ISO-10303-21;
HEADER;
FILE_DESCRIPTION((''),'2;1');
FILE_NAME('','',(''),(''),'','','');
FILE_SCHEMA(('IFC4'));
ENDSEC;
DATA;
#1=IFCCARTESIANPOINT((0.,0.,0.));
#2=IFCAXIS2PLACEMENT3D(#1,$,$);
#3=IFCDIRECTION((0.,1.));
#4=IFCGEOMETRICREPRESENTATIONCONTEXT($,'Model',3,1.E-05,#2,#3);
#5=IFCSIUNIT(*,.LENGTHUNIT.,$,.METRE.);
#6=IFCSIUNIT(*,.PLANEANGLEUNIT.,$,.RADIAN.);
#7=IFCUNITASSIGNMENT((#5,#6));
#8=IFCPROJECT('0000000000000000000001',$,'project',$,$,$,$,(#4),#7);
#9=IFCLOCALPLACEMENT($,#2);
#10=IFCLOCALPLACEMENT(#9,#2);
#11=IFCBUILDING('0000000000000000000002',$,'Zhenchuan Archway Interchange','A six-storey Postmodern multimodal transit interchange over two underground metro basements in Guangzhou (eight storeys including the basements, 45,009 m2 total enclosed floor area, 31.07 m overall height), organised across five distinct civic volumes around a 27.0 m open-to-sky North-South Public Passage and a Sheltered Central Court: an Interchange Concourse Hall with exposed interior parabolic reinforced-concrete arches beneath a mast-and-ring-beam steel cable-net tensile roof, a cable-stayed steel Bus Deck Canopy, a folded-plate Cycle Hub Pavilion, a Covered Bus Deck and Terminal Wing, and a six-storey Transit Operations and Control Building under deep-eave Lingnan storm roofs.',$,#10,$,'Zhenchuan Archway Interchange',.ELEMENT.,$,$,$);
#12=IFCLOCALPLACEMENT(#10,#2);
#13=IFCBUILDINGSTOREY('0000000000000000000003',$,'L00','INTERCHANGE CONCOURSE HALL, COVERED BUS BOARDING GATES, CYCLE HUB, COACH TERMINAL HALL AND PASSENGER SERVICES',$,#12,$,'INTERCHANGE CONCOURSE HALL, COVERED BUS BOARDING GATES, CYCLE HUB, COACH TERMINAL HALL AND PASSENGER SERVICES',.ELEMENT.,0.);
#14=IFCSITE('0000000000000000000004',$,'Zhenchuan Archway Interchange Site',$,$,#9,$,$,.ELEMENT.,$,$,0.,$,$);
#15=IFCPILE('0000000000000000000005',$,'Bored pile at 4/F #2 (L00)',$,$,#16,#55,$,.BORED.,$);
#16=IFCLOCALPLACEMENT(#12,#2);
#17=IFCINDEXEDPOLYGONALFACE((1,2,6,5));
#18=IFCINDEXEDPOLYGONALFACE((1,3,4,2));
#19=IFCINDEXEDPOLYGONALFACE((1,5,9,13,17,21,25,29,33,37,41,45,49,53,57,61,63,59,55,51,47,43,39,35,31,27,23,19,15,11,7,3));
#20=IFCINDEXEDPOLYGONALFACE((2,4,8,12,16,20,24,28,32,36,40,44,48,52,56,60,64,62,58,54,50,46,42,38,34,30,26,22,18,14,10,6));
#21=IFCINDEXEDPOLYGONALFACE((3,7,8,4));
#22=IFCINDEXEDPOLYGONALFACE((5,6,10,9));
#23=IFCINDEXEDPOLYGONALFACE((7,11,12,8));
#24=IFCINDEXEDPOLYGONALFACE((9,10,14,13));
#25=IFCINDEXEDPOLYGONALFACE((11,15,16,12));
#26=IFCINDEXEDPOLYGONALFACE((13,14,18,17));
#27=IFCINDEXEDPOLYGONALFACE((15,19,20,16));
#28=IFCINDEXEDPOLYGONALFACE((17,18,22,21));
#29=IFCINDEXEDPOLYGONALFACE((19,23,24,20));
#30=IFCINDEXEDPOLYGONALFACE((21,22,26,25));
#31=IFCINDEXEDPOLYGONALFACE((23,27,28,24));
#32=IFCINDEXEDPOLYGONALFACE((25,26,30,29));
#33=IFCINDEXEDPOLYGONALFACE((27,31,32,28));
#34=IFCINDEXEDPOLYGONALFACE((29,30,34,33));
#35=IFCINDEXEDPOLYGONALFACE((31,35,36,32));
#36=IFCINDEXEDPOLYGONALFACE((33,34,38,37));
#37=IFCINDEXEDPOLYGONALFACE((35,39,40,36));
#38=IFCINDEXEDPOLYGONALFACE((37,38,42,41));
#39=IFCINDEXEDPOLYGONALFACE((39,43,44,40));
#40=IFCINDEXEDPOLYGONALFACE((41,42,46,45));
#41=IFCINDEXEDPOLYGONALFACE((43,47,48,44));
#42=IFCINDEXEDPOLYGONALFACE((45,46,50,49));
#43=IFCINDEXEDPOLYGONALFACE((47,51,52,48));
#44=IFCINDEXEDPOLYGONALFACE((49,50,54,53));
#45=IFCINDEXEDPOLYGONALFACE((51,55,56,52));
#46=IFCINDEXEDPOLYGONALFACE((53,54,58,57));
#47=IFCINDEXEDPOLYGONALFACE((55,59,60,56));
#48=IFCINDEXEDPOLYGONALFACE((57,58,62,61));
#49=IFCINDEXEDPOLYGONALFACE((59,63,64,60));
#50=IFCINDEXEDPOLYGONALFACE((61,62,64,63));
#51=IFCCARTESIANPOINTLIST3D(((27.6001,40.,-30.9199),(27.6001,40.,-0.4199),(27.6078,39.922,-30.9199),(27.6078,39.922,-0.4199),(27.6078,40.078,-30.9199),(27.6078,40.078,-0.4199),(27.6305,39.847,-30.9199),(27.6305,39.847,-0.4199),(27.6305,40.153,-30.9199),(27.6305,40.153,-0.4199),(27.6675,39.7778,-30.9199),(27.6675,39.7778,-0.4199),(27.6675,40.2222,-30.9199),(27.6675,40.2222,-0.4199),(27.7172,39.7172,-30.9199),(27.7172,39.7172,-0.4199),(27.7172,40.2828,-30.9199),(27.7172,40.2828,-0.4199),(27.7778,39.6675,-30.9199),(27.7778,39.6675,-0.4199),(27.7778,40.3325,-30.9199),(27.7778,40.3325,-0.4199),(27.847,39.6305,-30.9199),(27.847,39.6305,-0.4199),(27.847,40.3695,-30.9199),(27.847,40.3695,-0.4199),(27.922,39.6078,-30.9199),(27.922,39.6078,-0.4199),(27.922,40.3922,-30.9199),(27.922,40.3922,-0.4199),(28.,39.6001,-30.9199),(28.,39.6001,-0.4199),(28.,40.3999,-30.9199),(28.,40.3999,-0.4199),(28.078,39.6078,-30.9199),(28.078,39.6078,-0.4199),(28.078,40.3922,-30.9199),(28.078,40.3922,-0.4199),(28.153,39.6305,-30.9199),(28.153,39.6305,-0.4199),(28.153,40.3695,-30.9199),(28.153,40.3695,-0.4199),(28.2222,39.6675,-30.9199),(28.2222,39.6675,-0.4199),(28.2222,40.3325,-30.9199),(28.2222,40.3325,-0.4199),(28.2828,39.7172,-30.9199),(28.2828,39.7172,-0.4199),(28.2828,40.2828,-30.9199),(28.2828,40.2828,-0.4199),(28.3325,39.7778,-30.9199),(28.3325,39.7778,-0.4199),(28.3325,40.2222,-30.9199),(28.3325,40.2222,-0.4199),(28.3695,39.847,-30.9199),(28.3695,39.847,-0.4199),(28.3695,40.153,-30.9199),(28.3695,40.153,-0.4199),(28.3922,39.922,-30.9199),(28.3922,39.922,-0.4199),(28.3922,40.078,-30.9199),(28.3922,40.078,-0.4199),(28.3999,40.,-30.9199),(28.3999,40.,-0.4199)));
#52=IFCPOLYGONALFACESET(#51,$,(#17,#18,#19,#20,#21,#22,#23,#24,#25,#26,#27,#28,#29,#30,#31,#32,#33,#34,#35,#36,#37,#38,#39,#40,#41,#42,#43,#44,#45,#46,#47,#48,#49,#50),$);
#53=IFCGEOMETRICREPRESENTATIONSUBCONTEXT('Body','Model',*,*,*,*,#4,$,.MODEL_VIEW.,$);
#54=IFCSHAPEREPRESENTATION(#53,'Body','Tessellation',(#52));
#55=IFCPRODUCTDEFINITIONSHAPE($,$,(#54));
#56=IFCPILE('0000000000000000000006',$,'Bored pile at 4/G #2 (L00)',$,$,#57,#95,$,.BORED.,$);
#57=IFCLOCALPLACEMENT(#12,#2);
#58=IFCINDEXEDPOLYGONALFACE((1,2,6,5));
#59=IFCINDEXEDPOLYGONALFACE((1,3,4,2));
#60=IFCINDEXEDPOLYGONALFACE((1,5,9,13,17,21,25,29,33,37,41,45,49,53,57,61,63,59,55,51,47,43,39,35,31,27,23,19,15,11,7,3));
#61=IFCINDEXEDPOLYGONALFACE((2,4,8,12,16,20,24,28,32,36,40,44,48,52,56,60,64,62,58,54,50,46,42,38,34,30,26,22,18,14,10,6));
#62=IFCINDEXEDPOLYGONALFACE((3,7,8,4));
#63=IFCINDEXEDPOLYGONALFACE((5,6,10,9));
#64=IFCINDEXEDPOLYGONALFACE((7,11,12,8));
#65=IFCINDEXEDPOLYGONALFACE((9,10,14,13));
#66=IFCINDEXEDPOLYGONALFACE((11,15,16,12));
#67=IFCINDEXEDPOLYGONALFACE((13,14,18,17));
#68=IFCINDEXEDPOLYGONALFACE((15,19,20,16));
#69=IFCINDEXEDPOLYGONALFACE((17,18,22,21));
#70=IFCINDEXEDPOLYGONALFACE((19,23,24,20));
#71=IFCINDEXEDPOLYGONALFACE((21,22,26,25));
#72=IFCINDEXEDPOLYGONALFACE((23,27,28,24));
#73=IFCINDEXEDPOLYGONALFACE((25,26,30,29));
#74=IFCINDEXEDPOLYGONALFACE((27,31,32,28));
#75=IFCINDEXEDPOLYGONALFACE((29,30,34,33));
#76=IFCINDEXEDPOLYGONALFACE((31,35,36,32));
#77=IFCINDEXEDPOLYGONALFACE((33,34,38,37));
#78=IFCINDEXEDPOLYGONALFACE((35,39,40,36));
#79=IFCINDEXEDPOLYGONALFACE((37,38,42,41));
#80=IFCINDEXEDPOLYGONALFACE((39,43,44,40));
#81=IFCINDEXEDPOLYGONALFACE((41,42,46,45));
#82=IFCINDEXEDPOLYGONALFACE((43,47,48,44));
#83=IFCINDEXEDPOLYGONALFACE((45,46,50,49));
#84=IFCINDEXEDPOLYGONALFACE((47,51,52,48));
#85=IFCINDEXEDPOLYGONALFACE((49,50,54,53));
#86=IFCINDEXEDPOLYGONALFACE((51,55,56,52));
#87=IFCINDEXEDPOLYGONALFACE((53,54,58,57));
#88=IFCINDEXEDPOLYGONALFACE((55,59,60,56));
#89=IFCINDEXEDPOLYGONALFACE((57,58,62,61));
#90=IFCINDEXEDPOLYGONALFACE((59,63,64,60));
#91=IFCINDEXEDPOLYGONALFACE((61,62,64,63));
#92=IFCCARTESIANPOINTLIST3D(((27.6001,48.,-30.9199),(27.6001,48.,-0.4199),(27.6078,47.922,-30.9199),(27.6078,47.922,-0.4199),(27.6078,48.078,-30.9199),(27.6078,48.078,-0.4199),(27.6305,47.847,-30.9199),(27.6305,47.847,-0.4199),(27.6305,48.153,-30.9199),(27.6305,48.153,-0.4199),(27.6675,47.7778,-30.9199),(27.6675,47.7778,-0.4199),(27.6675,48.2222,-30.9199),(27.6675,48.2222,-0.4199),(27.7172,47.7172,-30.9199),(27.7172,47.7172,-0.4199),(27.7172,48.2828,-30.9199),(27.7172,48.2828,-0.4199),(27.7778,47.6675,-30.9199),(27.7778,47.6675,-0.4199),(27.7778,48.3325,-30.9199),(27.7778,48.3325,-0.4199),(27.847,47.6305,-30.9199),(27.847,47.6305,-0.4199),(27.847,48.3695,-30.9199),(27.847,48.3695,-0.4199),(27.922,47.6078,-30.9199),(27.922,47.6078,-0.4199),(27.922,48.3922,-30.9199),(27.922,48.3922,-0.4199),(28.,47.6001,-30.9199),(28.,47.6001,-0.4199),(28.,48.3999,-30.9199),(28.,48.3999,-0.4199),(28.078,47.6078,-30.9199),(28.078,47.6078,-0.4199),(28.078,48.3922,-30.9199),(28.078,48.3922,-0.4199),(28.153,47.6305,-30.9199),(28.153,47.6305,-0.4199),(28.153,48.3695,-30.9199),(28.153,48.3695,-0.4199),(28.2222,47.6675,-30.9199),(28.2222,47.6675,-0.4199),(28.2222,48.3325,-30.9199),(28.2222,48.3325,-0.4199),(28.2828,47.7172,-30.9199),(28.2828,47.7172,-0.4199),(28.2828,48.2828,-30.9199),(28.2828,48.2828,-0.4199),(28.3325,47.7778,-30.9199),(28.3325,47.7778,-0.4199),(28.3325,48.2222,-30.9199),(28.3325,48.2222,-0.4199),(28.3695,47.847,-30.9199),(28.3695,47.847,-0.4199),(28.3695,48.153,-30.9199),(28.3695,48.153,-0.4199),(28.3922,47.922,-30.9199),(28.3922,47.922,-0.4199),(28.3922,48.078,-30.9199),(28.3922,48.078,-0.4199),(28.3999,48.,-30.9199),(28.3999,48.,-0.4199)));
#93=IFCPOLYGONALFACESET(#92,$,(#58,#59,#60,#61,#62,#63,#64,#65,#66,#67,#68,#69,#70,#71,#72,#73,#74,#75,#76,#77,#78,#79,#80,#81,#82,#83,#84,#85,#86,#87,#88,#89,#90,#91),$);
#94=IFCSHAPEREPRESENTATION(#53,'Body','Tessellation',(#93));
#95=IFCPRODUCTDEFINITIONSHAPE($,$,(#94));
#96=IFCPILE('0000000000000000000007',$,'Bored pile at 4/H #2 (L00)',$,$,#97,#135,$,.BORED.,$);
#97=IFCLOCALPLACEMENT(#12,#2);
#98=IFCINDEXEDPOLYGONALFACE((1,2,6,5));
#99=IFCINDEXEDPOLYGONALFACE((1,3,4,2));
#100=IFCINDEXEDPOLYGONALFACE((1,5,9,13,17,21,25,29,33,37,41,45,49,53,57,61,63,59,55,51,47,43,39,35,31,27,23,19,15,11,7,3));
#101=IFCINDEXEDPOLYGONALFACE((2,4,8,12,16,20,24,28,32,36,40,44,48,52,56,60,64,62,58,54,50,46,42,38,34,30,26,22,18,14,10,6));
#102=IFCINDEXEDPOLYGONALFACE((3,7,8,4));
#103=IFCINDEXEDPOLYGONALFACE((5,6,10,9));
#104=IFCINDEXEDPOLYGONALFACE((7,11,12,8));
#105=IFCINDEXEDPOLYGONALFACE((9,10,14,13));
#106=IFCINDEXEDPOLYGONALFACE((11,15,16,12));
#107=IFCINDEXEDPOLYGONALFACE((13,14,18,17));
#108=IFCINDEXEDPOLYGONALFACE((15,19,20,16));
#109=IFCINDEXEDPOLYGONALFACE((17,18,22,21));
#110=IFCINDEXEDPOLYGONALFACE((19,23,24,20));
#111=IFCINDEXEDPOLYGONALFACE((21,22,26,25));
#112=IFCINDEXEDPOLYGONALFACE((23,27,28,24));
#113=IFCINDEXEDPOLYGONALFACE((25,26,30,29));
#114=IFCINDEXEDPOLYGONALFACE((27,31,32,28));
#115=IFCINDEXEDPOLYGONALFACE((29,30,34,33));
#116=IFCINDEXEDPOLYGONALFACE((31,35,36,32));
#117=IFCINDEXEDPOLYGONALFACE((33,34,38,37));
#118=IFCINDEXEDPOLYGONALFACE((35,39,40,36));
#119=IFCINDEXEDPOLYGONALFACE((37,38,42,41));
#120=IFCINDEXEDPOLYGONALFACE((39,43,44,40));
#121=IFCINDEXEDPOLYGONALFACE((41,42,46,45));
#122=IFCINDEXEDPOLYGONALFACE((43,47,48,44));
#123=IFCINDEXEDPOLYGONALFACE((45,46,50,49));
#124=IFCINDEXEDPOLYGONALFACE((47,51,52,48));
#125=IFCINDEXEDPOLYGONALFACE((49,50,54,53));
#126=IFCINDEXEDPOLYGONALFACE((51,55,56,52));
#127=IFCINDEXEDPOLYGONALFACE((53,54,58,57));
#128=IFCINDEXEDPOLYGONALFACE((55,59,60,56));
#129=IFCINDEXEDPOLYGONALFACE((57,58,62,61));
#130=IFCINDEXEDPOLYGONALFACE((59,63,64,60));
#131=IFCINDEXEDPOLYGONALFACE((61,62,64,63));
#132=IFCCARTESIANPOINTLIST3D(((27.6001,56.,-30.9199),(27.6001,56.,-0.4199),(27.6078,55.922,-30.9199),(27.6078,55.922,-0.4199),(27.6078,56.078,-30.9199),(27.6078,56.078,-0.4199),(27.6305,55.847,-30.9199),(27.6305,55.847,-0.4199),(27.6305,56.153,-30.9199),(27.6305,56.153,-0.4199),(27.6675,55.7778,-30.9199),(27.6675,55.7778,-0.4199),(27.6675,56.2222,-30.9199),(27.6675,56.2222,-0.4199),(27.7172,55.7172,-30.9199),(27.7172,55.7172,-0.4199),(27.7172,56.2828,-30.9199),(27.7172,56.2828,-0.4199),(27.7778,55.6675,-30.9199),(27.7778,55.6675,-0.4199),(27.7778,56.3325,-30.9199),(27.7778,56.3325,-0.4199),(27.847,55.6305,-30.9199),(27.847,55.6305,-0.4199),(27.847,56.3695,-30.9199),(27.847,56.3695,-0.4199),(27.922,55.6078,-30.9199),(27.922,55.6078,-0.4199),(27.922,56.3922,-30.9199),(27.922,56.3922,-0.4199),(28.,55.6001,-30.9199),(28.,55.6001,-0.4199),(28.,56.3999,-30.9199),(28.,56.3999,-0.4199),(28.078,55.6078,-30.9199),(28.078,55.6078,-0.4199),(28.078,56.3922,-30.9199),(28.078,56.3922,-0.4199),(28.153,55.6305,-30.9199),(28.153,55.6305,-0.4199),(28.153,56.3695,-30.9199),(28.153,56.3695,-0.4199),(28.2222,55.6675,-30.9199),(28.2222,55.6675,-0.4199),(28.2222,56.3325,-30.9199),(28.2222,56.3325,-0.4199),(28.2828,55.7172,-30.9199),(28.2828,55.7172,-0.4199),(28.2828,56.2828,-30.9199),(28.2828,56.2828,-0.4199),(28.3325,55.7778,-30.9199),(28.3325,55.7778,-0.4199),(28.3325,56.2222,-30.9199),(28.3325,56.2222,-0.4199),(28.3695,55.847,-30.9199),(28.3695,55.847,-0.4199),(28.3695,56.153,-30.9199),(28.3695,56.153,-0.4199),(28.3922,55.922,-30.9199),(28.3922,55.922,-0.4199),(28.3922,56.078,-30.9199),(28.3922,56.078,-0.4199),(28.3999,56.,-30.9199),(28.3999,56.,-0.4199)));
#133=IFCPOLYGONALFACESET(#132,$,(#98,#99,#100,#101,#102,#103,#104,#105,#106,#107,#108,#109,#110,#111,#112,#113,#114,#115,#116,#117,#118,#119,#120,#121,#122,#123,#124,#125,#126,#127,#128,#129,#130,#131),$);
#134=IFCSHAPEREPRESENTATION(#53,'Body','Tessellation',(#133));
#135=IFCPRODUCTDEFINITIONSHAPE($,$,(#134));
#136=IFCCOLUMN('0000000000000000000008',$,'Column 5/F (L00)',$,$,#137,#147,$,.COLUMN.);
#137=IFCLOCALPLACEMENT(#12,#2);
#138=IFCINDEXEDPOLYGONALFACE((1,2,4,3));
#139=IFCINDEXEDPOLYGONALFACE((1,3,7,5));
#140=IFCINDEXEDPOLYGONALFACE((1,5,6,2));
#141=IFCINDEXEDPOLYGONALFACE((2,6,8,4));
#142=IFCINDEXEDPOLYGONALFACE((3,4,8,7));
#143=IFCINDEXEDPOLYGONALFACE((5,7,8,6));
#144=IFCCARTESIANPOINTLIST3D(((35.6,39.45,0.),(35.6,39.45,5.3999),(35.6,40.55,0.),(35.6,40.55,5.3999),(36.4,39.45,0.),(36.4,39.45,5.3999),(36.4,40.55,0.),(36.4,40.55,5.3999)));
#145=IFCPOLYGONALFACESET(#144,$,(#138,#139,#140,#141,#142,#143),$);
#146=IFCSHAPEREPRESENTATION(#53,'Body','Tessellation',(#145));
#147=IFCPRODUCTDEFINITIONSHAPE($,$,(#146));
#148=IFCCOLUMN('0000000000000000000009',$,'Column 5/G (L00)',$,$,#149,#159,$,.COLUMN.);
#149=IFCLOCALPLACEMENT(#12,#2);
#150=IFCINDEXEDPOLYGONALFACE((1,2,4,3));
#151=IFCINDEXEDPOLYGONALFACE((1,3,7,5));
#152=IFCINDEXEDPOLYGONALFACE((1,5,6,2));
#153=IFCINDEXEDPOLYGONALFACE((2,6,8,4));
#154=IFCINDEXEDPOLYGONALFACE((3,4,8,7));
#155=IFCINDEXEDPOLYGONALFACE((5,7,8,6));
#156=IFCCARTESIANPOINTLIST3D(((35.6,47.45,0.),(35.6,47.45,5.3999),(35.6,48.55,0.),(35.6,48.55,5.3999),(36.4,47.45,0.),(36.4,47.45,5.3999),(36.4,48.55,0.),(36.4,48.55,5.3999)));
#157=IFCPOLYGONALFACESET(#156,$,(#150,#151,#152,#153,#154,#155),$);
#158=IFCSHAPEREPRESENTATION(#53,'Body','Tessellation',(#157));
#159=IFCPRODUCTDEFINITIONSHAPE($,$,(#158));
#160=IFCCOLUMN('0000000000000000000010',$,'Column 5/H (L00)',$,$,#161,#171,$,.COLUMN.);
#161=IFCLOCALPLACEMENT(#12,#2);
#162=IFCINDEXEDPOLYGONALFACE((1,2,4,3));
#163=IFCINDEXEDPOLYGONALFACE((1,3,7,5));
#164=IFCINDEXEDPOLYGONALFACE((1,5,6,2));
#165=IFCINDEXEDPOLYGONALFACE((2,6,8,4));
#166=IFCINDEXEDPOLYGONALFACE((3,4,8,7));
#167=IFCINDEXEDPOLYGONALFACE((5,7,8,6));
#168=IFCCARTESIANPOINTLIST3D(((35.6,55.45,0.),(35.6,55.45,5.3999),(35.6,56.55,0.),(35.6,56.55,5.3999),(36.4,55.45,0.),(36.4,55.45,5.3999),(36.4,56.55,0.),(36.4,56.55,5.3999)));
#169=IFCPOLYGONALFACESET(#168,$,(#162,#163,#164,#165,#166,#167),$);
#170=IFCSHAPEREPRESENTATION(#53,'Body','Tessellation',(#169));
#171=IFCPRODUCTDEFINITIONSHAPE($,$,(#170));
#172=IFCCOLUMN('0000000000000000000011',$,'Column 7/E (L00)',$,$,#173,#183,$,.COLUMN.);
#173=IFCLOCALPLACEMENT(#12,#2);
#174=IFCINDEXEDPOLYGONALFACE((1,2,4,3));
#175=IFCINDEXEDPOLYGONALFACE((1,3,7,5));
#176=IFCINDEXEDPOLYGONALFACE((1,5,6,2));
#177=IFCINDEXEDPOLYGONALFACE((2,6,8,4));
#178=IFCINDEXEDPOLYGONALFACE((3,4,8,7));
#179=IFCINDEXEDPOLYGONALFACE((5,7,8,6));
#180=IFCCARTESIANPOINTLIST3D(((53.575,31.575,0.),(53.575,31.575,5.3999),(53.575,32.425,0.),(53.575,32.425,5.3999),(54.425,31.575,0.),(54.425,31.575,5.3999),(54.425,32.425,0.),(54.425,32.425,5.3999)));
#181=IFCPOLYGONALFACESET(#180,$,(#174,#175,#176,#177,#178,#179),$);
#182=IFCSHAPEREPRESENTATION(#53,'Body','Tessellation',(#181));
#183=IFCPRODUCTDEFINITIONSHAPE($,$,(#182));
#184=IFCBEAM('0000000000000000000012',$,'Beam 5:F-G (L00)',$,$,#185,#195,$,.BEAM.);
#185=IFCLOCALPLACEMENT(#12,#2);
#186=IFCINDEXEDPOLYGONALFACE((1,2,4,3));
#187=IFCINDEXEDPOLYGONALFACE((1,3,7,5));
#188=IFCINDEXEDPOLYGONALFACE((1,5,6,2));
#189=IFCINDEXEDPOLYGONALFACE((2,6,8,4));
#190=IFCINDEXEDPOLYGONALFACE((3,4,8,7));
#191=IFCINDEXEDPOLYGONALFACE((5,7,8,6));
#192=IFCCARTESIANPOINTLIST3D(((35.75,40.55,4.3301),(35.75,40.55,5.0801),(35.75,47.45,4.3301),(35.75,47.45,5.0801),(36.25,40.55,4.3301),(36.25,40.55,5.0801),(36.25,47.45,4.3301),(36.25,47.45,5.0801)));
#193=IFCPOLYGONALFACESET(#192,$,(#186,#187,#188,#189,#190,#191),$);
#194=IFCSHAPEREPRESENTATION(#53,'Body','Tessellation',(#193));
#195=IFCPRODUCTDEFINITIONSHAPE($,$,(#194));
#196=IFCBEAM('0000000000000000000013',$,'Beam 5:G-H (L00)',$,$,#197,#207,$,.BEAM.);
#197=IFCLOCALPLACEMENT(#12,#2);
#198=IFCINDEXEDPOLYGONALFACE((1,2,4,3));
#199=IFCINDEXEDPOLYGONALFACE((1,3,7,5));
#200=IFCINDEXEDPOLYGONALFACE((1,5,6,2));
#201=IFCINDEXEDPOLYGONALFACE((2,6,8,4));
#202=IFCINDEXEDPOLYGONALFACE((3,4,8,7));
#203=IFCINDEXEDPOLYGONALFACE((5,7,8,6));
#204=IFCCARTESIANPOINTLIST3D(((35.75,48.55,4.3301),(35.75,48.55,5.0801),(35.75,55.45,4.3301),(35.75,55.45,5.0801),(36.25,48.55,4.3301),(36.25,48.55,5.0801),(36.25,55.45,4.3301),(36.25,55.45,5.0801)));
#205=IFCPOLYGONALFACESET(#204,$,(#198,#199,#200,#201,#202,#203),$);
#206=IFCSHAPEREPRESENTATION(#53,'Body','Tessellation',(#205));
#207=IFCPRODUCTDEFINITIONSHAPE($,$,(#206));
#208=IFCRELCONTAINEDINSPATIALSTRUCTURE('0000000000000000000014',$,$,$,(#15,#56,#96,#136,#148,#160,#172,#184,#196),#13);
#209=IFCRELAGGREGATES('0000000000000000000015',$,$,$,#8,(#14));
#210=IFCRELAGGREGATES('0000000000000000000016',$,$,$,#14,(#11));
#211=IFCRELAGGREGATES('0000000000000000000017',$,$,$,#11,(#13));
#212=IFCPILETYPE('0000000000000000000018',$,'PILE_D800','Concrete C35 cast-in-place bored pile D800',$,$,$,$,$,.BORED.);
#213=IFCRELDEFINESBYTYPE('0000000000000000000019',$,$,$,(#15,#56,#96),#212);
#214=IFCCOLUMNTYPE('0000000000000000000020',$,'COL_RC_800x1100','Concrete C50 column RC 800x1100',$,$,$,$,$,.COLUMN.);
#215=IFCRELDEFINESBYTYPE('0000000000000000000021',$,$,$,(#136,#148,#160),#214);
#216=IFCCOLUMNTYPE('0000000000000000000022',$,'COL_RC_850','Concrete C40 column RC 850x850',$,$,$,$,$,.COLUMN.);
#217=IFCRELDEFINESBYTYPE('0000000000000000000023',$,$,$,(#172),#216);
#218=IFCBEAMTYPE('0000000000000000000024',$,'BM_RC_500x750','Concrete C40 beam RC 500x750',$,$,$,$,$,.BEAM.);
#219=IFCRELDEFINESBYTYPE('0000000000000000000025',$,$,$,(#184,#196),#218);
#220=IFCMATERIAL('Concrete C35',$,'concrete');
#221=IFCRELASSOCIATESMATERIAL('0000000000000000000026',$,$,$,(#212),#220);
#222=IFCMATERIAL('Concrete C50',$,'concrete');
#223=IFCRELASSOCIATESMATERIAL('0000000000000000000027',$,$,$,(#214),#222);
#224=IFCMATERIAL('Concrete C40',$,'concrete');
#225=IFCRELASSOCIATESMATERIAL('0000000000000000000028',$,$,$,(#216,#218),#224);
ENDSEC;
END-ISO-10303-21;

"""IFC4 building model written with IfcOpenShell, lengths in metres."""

from ifc_helpers import new_model, si_unit, direction, frame, origin, origin_2d, place, context, subcontext, project, spatial, rectangle, circle, extrude, material, material_profile, profile_set, type_object, element, save


model = new_model("IFC4")

# Units and contexts
model_context = context("Model", 3, precision=1e-05, world=origin(), true_north=direction((0.0, 1.0)))
body_context = subcontext(model_context, "Body", "Model", "MODEL_VIEW")
ifc_project = project(units=[si_unit("LENGTHUNIT", "METRE"), si_unit("PLANEANGLEUNIT", "RADIAN")], contexts=[model_context])

# Site, building, storey
site_placement = place(None, origin())
site = spatial("IfcSite", under=ifc_project, at=site_placement, Name="Zhenchuan Archway Interchange Site", CompositionType="ELEMENT", RefElevation=0.0)
building_placement = place(site_placement, origin())
building = spatial("IfcBuilding", under=site, at=building_placement, Name="Zhenchuan Archway Interchange", Description="A six-storey Postmodern multimodal transit interchange over two underground metro basements in Guangzhou (eight storeys including the basements, 45,009 m2 total enclosed floor area, 31.07 m overall height), organised across five distinct civic volumes around a 27.0 m open-to-sky North-South Public Passage and a Sheltered Central Court: an Interchange Concourse Hall with exposed interior parabolic reinforced-concrete arches beneath a mast-and-ring-beam steel cable-net tensile roof, a cable-stayed steel Bus Deck Canopy, a folded-plate Cycle Hub Pavilion, a Covered Bus Deck and Terminal Wing, and a six-storey Transit Operations and Control Building under deep-eave Lingnan storm roofs.", LongName="Zhenchuan Archway Interchange", CompositionType="ELEMENT")
storey_placement = place(building_placement, origin())
storey = spatial("IfcBuildingStorey", under=building, at=storey_placement, Name="L00", Description="INTERCHANGE CONCOURSE HALL, COVERED BUS BOARDING GATES, CYCLE HUB, COACH TERMINAL HALL AND PASSENGER SERVICES", LongName="INTERCHANGE CONCOURSE HALL, COVERED BUS BOARDING GATES, CYCLE HUB, COACH TERMINAL HALL AND PASSENGER SERVICES", CompositionType="ELEMENT", Elevation=0.0)

# Piles
ifc_material_1 = material(Name="Concrete C35", Category="concrete")
ifc_material_profile_1 = material_profile(ifc_material_1, circle(Radius=0.3999, at=origin_2d()), Name="BORED PILE 800")
ifc_profile_set_1 = profile_set([ifc_material_profile_1], Name="Concrete C35")
pile_type = type_object("IfcPileType", Name="PILE_D800", Description="Concrete C35 cast-in-place bored pile D800", PredefinedType="BORED", material=ifc_profile_set_1)
for number, where, z_axis, x_axis, name in (
    (1, (28.0, 40.0, -0.4199), (0.0, 0.0, -1.0), (1.0, 0.0, 0.0), "Bored pile at 4/F #2 (L00)"),
    (2, (28.0, 48.0, -0.4199), (0.0, 0.0, -1.0), (1.0, 0.0, 0.0), "Bored pile at 4/G #2 (L00)"),
    (3, (28.0, 56.0, -0.4199), (0.0, 0.0, -1.0), (1.0, 0.0, 0.0), "Bored pile at 4/H #2 (L00)"),
):
    element("IfcPile", number, at=place(storey_placement, frame(where, z_axis=z_axis, x_axis=x_axis)), inside=storey, type_object=pile_type, Name=name, PredefinedType="BORED", context=body_context, shape_type="SweptSolid", body=[
        extrude(circle(Radius=0.3999, at=origin_2d()), origin(), (0.0, 0.0, 1.0), 30.5),
    ])

# Columns
ifc_material_2 = material(Name="Concrete C50", Category="concrete")
ifc_material_profile_2 = material_profile(ifc_material_2, rectangle(XDim=0.8, YDim=1.1001, at=origin_2d()), Name="RC 800x1100")
ifc_profile_set_2 = profile_set([ifc_material_profile_2], Name="Concrete C50")
column_type_1 = type_object("IfcColumnType", Name="COL_RC_800x1100", Description="Concrete C50 column RC 800x1100", PredefinedType="COLUMN", material=ifc_profile_set_2)
for number, where, z_axis, x_axis, name in (
    (4, (36.0, 40.0, 0.0), (0.0, 0.0, 1.0), (1.0, 0.0, 0.0), "Column 5/F (L00)"),
    (5, (36.0, 48.0, 0.0), (0.0, 0.0, 1.0), (1.0, 0.0, 0.0), "Column 5/G (L00)"),
    (6, (36.0, 56.0, 0.0), (0.0, 0.0, 1.0), (1.0, 0.0, 0.0), "Column 5/H (L00)"),
):
    element("IfcColumn", number, at=place(storey_placement, frame(where, z_axis=z_axis, x_axis=x_axis)), inside=storey, type_object=column_type_1, Name=name, PredefinedType="COLUMN", context=body_context, shape_type="SweptSolid", body=[
        extrude(rectangle(XDim=0.8, YDim=1.1001, at=origin_2d()), origin(), (0.0, 0.0, 1.0), 5.3999),
    ])
ifc_material_3 = material(Name="Concrete C40", Category="concrete")
ifc_material_profile_3 = material_profile(ifc_material_3, rectangle(XDim=0.8501, YDim=0.8501, at=origin_2d()), Name="RC 850x850")
ifc_profile_set_3 = profile_set([ifc_material_profile_3], Name="Concrete C40")
column_type_2 = type_object("IfcColumnType", Name="COL_RC_850", Description="Concrete C40 column RC 850x850", PredefinedType="COLUMN", material=ifc_profile_set_3)
column_placement = place(storey_placement, frame((54.0, 32.0, 0.0), z_axis=(0.0, 0.0, 1.0), x_axis=(1.0, 0.0, 0.0)))
element("IfcColumn", 7, at=column_placement, inside=storey, type_object=column_type_2, Name="Column 7/E (L00)", PredefinedType="COLUMN", context=body_context, shape_type="SweptSolid", body=[
    extrude(rectangle(XDim=0.8501, YDim=0.8501, at=origin_2d()), origin(), (0.0, 0.0, 1.0), 5.3999),
])

# Beams
ifc_material_profile_4 = material_profile(ifc_material_3, rectangle(XDim=0.5, YDim=0.75, at=origin_2d()), Name="RC 500x750")
ifc_profile_set_4 = profile_set([ifc_material_profile_4], Name="Concrete C40")
beam_type_1 = type_object("IfcBeamType", Name="BM_RC_500x750", Description="Concrete C40 beam RC 500x750", PredefinedType="BEAM", material=ifc_profile_set_4)
for number, where, z_axis, x_axis, name in (
    (8, (36.0, 40.55, 4.7051), (0.0, 1.0, 0.0), (-1.0, 0.0, 0.0), "Beam 5:F-G (L00)"),
    (9, (36.0, 48.55, 4.7051), (0.0, 1.0, 0.0), (-1.0, 0.0, 0.0), "Beam 5:G-H (L00)"),
):
    element("IfcBeam", number, at=place(storey_placement, frame(where, z_axis=z_axis, x_axis=x_axis)), inside=storey, type_object=beam_type_1, Name=name, PredefinedType="BEAM", context=body_context, shape_type="SweptSolid", body=[
        extrude(rectangle(XDim=0.5, YDim=0.75, at=origin_2d()), origin(), (0.0, 0.0, 1.0), 6.8999),
    ])

save(model, "model.ifc")
